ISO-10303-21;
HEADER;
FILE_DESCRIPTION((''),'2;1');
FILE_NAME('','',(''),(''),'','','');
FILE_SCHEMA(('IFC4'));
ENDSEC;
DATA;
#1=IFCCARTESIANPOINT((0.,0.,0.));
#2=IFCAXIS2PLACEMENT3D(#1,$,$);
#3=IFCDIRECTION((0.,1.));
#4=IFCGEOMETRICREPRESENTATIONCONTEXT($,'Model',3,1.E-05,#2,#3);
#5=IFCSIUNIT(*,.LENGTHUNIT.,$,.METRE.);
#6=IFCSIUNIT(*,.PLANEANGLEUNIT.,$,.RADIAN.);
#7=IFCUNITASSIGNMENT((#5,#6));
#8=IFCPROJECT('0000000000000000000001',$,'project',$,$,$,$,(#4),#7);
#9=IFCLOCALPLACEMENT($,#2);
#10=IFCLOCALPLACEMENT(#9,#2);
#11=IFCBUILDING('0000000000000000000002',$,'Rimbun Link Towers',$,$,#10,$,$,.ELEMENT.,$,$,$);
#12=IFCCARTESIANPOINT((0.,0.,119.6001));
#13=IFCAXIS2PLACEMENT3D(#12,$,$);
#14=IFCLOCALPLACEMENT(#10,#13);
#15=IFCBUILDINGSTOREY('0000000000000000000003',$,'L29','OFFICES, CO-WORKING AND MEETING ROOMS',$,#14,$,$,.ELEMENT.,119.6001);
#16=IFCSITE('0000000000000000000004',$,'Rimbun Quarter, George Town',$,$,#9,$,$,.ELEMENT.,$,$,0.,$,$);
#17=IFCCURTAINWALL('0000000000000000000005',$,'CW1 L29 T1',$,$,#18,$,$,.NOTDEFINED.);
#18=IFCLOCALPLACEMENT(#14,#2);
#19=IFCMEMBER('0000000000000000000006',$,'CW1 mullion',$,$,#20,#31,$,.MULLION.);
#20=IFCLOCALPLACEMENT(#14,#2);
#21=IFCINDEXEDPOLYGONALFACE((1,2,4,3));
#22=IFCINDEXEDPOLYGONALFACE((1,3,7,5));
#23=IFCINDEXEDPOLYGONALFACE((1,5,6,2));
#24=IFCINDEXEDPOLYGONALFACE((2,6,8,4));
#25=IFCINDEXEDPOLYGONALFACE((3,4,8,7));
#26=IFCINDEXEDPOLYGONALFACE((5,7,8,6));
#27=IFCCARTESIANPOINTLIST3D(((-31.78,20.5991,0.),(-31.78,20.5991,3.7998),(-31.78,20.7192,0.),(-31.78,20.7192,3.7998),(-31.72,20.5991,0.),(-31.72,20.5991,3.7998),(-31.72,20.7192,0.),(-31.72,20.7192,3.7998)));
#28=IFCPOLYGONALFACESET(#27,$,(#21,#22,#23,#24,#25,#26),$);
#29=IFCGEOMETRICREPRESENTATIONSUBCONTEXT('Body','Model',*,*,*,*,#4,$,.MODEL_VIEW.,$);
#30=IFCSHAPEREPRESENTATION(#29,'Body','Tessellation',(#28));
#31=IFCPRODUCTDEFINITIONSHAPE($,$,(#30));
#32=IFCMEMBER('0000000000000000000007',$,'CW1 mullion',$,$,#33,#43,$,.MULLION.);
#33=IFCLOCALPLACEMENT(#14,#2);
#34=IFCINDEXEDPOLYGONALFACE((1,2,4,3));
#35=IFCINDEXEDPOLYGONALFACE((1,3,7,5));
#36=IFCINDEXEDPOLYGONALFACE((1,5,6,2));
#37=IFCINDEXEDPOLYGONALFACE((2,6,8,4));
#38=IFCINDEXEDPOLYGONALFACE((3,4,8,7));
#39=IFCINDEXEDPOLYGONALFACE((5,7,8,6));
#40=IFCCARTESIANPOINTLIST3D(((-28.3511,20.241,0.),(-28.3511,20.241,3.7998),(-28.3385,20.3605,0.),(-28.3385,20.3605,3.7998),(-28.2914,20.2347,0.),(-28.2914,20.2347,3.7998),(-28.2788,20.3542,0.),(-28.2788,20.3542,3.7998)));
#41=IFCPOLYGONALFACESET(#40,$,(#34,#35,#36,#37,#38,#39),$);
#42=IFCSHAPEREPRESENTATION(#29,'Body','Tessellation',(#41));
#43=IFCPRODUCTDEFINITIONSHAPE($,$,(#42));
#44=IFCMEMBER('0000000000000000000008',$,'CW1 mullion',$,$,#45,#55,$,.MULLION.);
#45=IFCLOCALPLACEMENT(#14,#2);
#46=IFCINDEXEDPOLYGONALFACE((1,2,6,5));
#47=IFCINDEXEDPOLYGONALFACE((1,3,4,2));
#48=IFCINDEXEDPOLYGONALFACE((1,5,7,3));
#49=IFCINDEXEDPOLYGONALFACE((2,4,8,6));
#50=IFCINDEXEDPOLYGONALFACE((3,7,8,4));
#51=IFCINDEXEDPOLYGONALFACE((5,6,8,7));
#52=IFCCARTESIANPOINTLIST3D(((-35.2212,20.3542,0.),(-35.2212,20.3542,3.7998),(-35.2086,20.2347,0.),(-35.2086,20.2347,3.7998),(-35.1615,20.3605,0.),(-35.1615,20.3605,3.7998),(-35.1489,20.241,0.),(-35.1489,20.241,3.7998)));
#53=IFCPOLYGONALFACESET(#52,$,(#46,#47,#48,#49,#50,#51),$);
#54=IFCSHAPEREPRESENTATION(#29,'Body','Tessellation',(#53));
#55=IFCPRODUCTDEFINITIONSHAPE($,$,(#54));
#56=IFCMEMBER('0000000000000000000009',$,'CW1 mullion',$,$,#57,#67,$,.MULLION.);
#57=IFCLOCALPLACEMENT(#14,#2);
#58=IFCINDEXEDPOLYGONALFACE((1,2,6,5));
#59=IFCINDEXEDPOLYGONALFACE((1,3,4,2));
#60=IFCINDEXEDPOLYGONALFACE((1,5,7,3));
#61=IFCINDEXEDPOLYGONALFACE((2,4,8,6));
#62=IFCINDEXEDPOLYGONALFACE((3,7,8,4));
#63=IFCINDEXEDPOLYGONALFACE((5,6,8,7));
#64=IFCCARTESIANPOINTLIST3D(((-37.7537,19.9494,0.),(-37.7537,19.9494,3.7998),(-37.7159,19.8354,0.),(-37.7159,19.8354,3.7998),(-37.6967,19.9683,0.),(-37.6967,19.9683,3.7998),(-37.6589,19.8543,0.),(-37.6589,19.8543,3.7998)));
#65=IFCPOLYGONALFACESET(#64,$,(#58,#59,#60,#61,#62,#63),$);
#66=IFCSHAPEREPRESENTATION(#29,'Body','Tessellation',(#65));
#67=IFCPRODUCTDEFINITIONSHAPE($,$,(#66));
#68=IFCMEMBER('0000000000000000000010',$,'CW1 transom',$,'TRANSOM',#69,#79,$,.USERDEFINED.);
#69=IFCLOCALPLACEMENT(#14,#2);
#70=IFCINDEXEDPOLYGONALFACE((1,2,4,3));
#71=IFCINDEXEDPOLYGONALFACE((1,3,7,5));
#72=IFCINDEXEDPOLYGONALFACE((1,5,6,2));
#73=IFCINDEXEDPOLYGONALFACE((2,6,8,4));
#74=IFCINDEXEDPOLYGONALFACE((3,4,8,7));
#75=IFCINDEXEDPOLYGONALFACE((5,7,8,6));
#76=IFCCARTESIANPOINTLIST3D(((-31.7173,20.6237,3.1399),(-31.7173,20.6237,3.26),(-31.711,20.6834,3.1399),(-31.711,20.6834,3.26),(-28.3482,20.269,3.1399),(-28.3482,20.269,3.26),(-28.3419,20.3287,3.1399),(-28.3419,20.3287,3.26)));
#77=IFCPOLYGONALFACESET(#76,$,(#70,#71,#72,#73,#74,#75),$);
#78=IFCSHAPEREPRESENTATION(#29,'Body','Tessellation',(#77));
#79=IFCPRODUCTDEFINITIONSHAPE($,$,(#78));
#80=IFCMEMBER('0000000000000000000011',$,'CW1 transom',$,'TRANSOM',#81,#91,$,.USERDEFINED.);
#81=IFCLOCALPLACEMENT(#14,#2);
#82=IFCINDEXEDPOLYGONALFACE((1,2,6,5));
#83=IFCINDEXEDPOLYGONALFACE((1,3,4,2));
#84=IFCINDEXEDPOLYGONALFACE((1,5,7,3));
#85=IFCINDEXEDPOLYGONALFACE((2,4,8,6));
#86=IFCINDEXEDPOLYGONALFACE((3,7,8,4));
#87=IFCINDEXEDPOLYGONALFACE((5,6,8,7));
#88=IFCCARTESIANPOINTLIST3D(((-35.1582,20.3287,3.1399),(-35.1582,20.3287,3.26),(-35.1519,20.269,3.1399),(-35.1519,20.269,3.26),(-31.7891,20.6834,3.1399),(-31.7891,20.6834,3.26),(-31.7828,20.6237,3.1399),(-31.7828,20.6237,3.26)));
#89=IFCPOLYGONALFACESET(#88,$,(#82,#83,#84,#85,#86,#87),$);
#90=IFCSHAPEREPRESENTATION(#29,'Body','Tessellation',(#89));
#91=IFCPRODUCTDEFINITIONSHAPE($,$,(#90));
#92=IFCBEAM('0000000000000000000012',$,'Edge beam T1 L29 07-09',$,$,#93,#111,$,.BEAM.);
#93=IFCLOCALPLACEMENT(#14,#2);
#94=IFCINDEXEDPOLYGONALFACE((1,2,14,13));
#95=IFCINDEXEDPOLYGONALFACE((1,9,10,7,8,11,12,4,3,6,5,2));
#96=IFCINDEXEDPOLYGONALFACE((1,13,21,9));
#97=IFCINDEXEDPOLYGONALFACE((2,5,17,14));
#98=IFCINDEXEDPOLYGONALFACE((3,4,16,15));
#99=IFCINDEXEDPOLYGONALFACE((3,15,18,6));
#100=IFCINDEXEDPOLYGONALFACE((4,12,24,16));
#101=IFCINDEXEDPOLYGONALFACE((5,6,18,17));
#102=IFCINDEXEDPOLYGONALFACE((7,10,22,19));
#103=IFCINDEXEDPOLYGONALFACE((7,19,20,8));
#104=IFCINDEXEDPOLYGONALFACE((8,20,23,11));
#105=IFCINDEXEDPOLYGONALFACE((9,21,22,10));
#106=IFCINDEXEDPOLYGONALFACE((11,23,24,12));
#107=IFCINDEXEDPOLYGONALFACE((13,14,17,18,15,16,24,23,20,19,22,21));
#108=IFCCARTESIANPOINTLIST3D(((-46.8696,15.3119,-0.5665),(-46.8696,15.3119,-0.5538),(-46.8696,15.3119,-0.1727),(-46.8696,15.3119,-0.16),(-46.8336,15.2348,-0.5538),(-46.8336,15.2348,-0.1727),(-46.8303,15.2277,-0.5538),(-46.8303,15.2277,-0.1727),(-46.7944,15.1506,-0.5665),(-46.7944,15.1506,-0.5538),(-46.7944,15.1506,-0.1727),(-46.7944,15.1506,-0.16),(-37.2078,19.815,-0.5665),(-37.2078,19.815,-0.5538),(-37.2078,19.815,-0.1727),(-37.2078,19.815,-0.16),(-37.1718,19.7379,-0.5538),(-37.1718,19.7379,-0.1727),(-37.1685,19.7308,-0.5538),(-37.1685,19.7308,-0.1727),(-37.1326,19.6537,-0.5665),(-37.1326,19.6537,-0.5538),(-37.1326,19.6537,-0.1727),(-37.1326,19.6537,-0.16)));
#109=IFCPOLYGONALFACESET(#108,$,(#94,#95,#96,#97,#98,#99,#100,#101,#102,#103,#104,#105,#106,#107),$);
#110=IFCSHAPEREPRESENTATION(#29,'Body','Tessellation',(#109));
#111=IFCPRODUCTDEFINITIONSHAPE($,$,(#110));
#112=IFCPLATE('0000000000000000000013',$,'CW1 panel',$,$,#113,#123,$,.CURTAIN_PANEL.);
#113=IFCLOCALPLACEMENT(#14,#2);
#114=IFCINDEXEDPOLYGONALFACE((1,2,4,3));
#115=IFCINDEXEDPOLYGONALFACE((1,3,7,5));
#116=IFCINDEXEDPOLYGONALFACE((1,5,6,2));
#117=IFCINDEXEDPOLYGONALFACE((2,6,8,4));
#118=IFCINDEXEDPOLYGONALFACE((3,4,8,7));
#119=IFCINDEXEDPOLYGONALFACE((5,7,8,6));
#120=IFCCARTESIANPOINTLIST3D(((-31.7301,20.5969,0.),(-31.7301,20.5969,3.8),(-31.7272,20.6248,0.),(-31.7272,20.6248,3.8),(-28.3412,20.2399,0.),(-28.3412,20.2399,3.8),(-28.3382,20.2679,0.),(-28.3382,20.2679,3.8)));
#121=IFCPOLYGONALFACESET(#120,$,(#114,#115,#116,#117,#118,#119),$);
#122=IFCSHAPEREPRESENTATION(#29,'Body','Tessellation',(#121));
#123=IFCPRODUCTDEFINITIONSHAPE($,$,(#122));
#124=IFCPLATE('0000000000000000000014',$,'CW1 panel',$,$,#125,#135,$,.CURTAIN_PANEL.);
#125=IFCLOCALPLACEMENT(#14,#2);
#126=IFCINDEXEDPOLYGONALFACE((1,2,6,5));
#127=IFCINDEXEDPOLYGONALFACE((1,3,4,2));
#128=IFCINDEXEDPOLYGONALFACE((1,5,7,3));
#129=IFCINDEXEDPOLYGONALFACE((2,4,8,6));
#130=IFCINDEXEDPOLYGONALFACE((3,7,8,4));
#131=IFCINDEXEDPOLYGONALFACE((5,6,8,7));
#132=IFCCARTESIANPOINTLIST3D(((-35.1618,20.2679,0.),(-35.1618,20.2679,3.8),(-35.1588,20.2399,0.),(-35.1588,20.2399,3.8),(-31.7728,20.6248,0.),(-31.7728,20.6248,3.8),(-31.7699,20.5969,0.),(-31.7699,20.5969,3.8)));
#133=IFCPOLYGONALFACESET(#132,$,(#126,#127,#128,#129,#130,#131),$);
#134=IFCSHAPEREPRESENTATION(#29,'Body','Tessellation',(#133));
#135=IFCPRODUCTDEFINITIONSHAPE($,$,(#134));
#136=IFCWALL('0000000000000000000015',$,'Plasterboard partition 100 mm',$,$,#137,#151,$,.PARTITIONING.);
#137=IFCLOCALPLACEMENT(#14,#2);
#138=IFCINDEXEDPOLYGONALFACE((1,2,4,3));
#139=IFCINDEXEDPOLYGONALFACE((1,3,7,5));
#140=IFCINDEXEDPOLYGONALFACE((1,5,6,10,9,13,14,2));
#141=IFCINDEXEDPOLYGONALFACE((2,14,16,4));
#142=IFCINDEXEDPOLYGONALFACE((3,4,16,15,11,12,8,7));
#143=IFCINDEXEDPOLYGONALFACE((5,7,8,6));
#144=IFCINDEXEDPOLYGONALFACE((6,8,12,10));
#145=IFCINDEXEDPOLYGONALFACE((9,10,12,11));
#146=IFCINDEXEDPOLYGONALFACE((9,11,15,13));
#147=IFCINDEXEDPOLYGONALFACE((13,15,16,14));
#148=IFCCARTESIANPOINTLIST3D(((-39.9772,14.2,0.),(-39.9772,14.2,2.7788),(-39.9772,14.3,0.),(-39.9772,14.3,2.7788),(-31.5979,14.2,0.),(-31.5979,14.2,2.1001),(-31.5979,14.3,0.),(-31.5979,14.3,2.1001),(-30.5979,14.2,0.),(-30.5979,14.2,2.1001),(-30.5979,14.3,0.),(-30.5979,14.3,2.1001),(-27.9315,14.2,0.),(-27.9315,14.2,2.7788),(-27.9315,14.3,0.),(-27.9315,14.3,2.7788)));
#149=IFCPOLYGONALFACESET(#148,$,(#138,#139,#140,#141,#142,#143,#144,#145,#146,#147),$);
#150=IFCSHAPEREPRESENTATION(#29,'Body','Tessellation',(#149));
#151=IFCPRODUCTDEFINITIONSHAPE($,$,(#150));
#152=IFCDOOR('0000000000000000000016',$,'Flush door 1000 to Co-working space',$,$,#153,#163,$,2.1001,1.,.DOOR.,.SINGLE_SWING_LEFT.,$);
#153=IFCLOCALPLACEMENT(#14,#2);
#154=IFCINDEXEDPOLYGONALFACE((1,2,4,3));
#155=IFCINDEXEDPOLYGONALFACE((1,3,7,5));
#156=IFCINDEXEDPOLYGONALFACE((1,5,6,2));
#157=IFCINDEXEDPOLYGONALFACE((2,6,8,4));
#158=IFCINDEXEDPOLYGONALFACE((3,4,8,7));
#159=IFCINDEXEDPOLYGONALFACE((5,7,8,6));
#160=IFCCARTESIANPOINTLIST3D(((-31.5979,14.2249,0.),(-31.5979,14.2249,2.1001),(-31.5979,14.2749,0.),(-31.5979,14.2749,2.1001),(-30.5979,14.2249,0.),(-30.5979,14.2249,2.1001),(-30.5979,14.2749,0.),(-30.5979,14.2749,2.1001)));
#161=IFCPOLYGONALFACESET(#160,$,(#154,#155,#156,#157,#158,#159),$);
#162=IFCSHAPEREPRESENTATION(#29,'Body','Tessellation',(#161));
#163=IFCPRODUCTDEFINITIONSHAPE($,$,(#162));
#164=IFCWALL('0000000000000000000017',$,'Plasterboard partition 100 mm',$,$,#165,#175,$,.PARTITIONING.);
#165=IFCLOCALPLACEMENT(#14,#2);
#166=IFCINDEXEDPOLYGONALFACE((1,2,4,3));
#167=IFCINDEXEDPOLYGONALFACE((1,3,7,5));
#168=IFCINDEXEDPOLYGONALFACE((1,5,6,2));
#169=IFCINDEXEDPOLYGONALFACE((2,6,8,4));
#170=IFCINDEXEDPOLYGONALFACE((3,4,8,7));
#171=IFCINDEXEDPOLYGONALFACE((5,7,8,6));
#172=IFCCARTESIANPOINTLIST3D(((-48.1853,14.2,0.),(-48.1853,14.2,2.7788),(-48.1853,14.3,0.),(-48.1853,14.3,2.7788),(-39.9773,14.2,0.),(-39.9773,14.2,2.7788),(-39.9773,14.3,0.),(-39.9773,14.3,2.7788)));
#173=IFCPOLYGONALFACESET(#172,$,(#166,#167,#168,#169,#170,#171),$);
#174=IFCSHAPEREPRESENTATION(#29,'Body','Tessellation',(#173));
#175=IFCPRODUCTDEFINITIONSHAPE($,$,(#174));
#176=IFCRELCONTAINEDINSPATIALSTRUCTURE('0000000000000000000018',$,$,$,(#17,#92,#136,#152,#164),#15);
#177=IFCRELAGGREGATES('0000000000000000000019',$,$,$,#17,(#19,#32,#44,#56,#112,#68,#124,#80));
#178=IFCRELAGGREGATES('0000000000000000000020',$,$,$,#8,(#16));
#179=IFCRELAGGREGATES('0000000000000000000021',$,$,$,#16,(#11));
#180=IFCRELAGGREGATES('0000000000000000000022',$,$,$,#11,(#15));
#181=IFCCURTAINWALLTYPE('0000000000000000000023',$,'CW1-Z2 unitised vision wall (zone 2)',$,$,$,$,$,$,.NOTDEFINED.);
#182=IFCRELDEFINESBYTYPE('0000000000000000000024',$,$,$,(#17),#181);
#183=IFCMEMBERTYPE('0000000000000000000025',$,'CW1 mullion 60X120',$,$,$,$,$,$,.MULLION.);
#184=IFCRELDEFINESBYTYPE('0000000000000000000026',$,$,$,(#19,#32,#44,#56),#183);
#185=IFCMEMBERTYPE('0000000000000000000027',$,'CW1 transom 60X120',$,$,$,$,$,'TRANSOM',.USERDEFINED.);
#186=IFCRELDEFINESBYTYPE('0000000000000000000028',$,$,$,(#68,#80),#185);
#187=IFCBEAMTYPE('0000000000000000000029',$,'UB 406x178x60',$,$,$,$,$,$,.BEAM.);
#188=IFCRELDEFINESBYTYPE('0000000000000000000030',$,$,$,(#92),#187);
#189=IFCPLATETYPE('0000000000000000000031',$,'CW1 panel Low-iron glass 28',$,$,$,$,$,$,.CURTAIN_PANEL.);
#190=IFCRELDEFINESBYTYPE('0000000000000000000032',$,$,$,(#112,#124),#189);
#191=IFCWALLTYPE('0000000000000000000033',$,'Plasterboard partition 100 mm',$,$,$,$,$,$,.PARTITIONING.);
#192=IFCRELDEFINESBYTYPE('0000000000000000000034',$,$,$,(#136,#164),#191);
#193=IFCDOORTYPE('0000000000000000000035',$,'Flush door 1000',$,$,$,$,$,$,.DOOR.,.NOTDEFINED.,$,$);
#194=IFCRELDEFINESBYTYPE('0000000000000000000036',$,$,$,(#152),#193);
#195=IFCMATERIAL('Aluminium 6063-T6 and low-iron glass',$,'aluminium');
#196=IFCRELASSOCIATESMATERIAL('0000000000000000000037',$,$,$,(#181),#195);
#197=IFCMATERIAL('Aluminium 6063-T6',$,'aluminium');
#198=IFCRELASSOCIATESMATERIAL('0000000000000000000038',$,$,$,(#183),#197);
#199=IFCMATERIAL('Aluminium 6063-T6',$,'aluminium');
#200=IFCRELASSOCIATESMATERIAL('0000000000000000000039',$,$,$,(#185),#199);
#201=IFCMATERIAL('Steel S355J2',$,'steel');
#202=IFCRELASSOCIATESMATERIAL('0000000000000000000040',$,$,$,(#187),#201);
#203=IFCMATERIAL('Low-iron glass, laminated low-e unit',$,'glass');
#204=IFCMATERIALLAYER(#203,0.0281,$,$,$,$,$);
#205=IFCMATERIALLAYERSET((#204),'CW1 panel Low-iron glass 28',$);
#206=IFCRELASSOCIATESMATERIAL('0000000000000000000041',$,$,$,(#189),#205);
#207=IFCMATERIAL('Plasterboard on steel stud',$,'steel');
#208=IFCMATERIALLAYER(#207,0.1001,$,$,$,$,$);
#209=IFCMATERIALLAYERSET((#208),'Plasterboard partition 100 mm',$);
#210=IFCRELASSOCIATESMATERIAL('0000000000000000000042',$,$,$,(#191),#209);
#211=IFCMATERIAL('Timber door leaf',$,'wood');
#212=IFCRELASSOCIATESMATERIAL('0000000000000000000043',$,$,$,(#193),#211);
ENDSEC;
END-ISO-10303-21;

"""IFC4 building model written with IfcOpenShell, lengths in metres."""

from ifc_helpers import new_model, si_unit, direction, frame, frame_2d, origin, origin_2d, place, context, subcontext, project, spatial, rectangle, i_section, extrude, material, layer, layer_set, material_profile, profile_set, type_object, element, fill, aggregate, save


model = new_model("IFC4")

# Units and contexts
model_context = context("Model", 3, precision=1e-05, world=origin(), true_north=direction((0.0, 1.0)))
body_context = subcontext(model_context, "Body", "Model", "MODEL_VIEW")
ifc_project = project(units=[si_unit("LENGTHUNIT", "METRE"), si_unit("PLANEANGLEUNIT", "RADIAN")], contexts=[model_context])

# Site, building, storey
site_placement = place(None, origin())
site = spatial("IfcSite", under=ifc_project, at=site_placement, Name="Rimbun Quarter, George Town", CompositionType="ELEMENT", RefElevation=0.0)
building_placement = place(site_placement, origin())
building = spatial("IfcBuilding", under=site, at=building_placement, Name="Rimbun Link Towers", CompositionType="ELEMENT")
storey_placement = place(building_placement, frame((0.0, 0.0, 119.6001)))
storey = spatial("IfcBuildingStorey", under=building, at=storey_placement, Name="L29", Description="OFFICES, CO-WORKING AND MEETING ROOMS", CompositionType="ELEMENT", Elevation=119.6001)

# Curtain wall, members
ifc_material_1 = material(Name="Aluminium 6063-T6 and low-iron glass", Category="aluminium")
curtain_wall_type = type_object("IfcCurtainWallType", Name="CW1-Z2 unitised vision wall (zone 2)", PredefinedType="NOTDEFINED", material=ifc_material_1)
curtain_wall_placement = place(storey_placement, origin())
curtain_wall = element("IfcCurtainWall", 1, at=curtain_wall_placement, inside=storey, type_object=curtain_wall_type, Name="CW1 L29 T1", PredefinedType="NOTDEFINED")
ifc_material_2 = material(Name="Aluminium 6063-T6", Category="aluminium")
ifc_material_profile_1 = material_profile(ifc_material_2, rectangle(XDim=0.1201, YDim=0.0601, at=origin_2d()), Name="MULLION 60X120")
ifc_profile_set_1 = profile_set([ifc_material_profile_1], Name="Aluminium 6063-T6")
member_type_1 = type_object("IfcMemberType", Name="CW1 mullion 60X120", PredefinedType="MULLION", material=ifc_profile_set_1)
member_1_placement = place(storey_placement, frame((-31.75, 20.6592, 0.0), z_axis=(0.0, 0.0, 1.0), x_axis=(0.0, 1.0, 0.0)))
member_1 = element("IfcMember", 2, at=member_1_placement, type_object=member_type_1, Name="CW1 mullion", PredefinedType="MULLION", context=body_context, shape_type="SweptSolid", body=[
    extrude(rectangle(XDim=0.1201, YDim=0.0601, at=origin_2d()), origin(), (0.0, 0.0, 1.0), 3.7998),
])
member_2_placement = place(storey_placement, frame((-28.3149, 20.2976, 0.0), z_axis=(0.0, 0.0, 1.0), x_axis=(0.104748, 0.994499, 0.0)))
member_2 = element("IfcMember", 3, at=member_2_placement, type_object=member_type_1, Name="CW1 mullion", PredefinedType="MULLION", context=body_context, shape_type="SweptSolid", body=[
    extrude(rectangle(XDim=0.1201, YDim=0.0601, at=origin_2d()), origin(), (0.0, 0.0, 1.0), 3.7998),
])
member_3_placement = place(storey_placement, frame((-35.1851, 20.2976, 0.0), z_axis=(0.0, 0.0, 1.0), x_axis=(-0.104748, 0.994499, 0.0)))
member_3 = element("IfcMember", 4, at=member_3_placement, type_object=member_type_1, Name="CW1 mullion", PredefinedType="MULLION", context=body_context, shape_type="SweptSolid", body=[
    extrude(rectangle(XDim=0.1201, YDim=0.0601, at=origin_2d()), origin(), (0.0, 0.0, 1.0), 3.7998),
])
member_4_placement = place(storey_placement, frame((-37.7063, 19.9019, 0.0), z_axis=(0.0, 0.0, 1.0), x_axis=(-0.314563, 0.949236, 0.0)))
member_4 = element("IfcMember", 5, at=member_4_placement, type_object=member_type_1, Name="CW1 mullion", PredefinedType="MULLION", context=body_context, shape_type="SweptSolid", body=[
    extrude(rectangle(XDim=0.1201, YDim=0.0601, at=origin_2d()), origin(), (0.0, 0.0, 1.0), 3.7998),
])
ifc_material_3 = material(Name="Aluminium 6063-T6", Category="aluminium")
ifc_material_profile_2 = material_profile(ifc_material_3, rectangle(XDim=0.0601, YDim=0.1201, at=origin_2d()), Name="TRANSOM 60X120")
ifc_profile_set_2 = profile_set([ifc_material_profile_2], Name="Aluminium 6063-T6")
member_type_2 = type_object("IfcMemberType", Name="CW1 transom 60X120", ElementType="TRANSOM", PredefinedType="USERDEFINED", material=ifc_profile_set_2)
member_5_placement = place(storey_placement, frame((-31.7141, 20.6536, 3.2), z_axis=(0.994503, -0.104711, 0.0), x_axis=(0.104711, 0.994503, 0.0)))
member_5 = element("IfcMember", 6, at=member_5_placement, type_object=member_type_2, Name="CW1 transom", ObjectType="TRANSOM", PredefinedType="USERDEFINED", context=body_context, shape_type="SweptSolid", body=[
    extrude(rectangle(XDim=0.0601, YDim=0.1201, at=origin_2d()), origin(), (0.0, 0.0, 1.0), 3.3877),
])
member_6_placement = place(storey_placement, frame((-35.155, 20.2988, 3.2), z_axis=(0.994503, 0.104711, 0.0), x_axis=(-0.104711, 0.994503, 0.0)))
member_6 = element("IfcMember", 7, at=member_6_placement, type_object=member_type_2, Name="CW1 transom", ObjectType="TRANSOM", PredefinedType="USERDEFINED", context=body_context, shape_type="SweptSolid", body=[
    extrude(rectangle(XDim=0.0601, YDim=0.1201, at=origin_2d()), origin(), (0.0, 0.0, 1.0), 3.3877),
])

# Beam
ifc_material_4 = material(Name="Steel S355J2", Category="steel")
ifc_material_profile_3 = material_profile(ifc_material_4, i_section(OverallWidth=0.178, OverallDepth=0.4065, WebThickness=0.0078, FlangeThickness=0.0127, at=origin_2d()), Name="UB 406x178x60")
ifc_profile_set_3 = profile_set([ifc_material_profile_3], Name="Steel S355J2")
beam_type = type_object("IfcBeamType", Name="UB 406x178x60", PredefinedType="BEAM", material=ifc_profile_set_3)
beam_placement = place(storey_placement, frame((-37.1702, 19.7344, -0.3633), z_axis=(-0.906388, -0.422447, 0.0), x_axis=(0.422447, -0.906388, 0.0)))
element("IfcBeam", 8, at=beam_placement, inside=storey, type_object=beam_type, Name="Edge beam T1 L29 07-09", PredefinedType="BEAM", context=body_context, shape_type="SweptSolid", body=[
    extrude(i_section(OverallWidth=0.178, OverallDepth=0.4065, WebThickness=0.0078, FlangeThickness=0.0127, at=origin_2d()), origin(), (0.0, 0.0, 1.0), 10.6597),
])

# Plates
ifc_material_5 = material(Name="Low-iron glass, laminated low-e unit", Category="glass")
ifc_layer_1 = layer(ifc_material_5, 0.0281)
ifc_layer_set_1 = layer_set([ifc_layer_1], Name="CW1 panel Low-iron glass 28")
plate_type = type_object("IfcPlateType", Name="CW1 panel Low-iron glass 28", PredefinedType="CURTAIN_PANEL", material=ifc_layer_set_1)
plate_1_placement = place(storey_placement, frame((-30.0342, 20.4324, 0.0), z_axis=(0.0, 0.0, 1.0), x_axis=(0.994499, -0.104748, 0.0)))
plate_1 = element("IfcPlate", 9, at=plate_1_placement, type_object=plate_type, Name="CW1 panel", PredefinedType="CURTAIN_PANEL", context=body_context, shape_type="SweptSolid", body=[
    extrude(rectangle(XDim=3.4077, YDim=0.0281, at=origin_2d()), origin(), (0.0, 0.0, 1.0), 3.8),
])
plate_2_placement = place(storey_placement, frame((-33.4658, 20.4324, 0.0), z_axis=(0.0, 0.0, 1.0), x_axis=(0.994499, 0.104748, 0.0)))
plate_2 = element("IfcPlate", 10, at=plate_2_placement, type_object=plate_type, Name="CW1 panel", PredefinedType="CURTAIN_PANEL", context=body_context, shape_type="SweptSolid", body=[
    extrude(rectangle(XDim=3.4077, YDim=0.0281, at=origin_2d()), origin(), (0.0, 0.0, 1.0), 3.8),
])
aggregate(curtain_wall, [member_1, member_2, member_3, member_4, plate_1, member_5, plate_2, member_6])

# Wall, opening, door
ifc_material_6 = material(Name="Plasterboard on steel stud", Category="steel")
ifc_layer_2 = layer(ifc_material_6, 0.1001)
ifc_layer_set_2 = layer_set([ifc_layer_2], Name="Plasterboard partition 100 mm")
wall_type = type_object("IfcWallType", Name="Plasterboard partition 100 mm", PredefinedType="PARTITIONING", material=ifc_layer_set_2)
wall_1_placement = place(storey_placement, frame((-39.9773, 14.25, 0.0), z_axis=(0.0, 0.0, 1.0), x_axis=(1.0, 0.0, 0.0)))
wall_1 = element("IfcWall", 11, at=wall_1_placement, inside=storey, type_object=wall_type, Name="Plasterboard partition 100 mm", PredefinedType="PARTITIONING", context=body_context, shape_type="SweptSolid", body=[
    extrude(rectangle(XDim=12.0457, YDim=0.1001, at=frame_2d((6.0229, 0.0))), origin(), (0.0, 0.0, 1.0), 2.7788),
])
opening_1_placement = place(wall_1_placement, frame((8.3794, 0.0, 0.0)))
opening_1 = element("IfcOpeningElement", 12, at=opening_1_placement, cuts=wall_1, PredefinedType="OPENING", context=body_context, shape_type="SweptSolid", body=[
    extrude(rectangle(XDim=1.0, YDim=2.1001, at=frame_2d((0.5, 1.05))), frame((0.0, 0.0601, 0.0), z_axis=(0.0, -1.0, 0.0), x_axis=(1.0, 0.0, 0.0)), (0.0, 0.0, 1.0), 0.1201),
])
ifc_material_7 = material(Name="Timber door leaf", Category="wood")
door_type_1 = type_object("IfcDoorType", Name="Flush door 1000", OperationType="NOTDEFINED", PredefinedType="DOOR", material=ifc_material_7)
door_1_placement = place(opening_1_placement, origin())
door_1 = element("IfcDoor", 13, at=door_1_placement, inside=storey, type_object=door_type_1, Name="Flush door 1000 to Co-working space", OperationType="SINGLE_SWING_LEFT", OverallHeight=2.1001, OverallWidth=1.0, PredefinedType="DOOR", context=body_context, shape_type="SweptSolid", body=[
    extrude(rectangle(XDim=1.0, YDim=2.1001, at=frame_2d((0.5, 1.05))), frame((0.0, 0.0249, 0.0), z_axis=(0.0, -1.0, 0.0), x_axis=(1.0, 0.0, 0.0)), (0.0, 0.0, 1.0), 0.05),
])
fill(opening_1, door_1)

# Wall
wall_2_placement = place(storey_placement, frame((-39.9773, 14.25, 0.0), z_axis=(0.0, 0.0, 1.0), x_axis=(-1.0, 0.0, 0.0)))
element("IfcWall", 14, at=wall_2_placement, inside=storey, type_object=wall_type, Name="Plasterboard partition 100 mm", PredefinedType="PARTITIONING", context=body_context, shape_type="SweptSolid", body=[
    extrude(rectangle(XDim=8.208, YDim=0.1001, at=frame_2d((4.104, 0.0))), origin(), (0.0, 0.0, 1.0), 2.7788),
])

save(model, "model.ifc")
